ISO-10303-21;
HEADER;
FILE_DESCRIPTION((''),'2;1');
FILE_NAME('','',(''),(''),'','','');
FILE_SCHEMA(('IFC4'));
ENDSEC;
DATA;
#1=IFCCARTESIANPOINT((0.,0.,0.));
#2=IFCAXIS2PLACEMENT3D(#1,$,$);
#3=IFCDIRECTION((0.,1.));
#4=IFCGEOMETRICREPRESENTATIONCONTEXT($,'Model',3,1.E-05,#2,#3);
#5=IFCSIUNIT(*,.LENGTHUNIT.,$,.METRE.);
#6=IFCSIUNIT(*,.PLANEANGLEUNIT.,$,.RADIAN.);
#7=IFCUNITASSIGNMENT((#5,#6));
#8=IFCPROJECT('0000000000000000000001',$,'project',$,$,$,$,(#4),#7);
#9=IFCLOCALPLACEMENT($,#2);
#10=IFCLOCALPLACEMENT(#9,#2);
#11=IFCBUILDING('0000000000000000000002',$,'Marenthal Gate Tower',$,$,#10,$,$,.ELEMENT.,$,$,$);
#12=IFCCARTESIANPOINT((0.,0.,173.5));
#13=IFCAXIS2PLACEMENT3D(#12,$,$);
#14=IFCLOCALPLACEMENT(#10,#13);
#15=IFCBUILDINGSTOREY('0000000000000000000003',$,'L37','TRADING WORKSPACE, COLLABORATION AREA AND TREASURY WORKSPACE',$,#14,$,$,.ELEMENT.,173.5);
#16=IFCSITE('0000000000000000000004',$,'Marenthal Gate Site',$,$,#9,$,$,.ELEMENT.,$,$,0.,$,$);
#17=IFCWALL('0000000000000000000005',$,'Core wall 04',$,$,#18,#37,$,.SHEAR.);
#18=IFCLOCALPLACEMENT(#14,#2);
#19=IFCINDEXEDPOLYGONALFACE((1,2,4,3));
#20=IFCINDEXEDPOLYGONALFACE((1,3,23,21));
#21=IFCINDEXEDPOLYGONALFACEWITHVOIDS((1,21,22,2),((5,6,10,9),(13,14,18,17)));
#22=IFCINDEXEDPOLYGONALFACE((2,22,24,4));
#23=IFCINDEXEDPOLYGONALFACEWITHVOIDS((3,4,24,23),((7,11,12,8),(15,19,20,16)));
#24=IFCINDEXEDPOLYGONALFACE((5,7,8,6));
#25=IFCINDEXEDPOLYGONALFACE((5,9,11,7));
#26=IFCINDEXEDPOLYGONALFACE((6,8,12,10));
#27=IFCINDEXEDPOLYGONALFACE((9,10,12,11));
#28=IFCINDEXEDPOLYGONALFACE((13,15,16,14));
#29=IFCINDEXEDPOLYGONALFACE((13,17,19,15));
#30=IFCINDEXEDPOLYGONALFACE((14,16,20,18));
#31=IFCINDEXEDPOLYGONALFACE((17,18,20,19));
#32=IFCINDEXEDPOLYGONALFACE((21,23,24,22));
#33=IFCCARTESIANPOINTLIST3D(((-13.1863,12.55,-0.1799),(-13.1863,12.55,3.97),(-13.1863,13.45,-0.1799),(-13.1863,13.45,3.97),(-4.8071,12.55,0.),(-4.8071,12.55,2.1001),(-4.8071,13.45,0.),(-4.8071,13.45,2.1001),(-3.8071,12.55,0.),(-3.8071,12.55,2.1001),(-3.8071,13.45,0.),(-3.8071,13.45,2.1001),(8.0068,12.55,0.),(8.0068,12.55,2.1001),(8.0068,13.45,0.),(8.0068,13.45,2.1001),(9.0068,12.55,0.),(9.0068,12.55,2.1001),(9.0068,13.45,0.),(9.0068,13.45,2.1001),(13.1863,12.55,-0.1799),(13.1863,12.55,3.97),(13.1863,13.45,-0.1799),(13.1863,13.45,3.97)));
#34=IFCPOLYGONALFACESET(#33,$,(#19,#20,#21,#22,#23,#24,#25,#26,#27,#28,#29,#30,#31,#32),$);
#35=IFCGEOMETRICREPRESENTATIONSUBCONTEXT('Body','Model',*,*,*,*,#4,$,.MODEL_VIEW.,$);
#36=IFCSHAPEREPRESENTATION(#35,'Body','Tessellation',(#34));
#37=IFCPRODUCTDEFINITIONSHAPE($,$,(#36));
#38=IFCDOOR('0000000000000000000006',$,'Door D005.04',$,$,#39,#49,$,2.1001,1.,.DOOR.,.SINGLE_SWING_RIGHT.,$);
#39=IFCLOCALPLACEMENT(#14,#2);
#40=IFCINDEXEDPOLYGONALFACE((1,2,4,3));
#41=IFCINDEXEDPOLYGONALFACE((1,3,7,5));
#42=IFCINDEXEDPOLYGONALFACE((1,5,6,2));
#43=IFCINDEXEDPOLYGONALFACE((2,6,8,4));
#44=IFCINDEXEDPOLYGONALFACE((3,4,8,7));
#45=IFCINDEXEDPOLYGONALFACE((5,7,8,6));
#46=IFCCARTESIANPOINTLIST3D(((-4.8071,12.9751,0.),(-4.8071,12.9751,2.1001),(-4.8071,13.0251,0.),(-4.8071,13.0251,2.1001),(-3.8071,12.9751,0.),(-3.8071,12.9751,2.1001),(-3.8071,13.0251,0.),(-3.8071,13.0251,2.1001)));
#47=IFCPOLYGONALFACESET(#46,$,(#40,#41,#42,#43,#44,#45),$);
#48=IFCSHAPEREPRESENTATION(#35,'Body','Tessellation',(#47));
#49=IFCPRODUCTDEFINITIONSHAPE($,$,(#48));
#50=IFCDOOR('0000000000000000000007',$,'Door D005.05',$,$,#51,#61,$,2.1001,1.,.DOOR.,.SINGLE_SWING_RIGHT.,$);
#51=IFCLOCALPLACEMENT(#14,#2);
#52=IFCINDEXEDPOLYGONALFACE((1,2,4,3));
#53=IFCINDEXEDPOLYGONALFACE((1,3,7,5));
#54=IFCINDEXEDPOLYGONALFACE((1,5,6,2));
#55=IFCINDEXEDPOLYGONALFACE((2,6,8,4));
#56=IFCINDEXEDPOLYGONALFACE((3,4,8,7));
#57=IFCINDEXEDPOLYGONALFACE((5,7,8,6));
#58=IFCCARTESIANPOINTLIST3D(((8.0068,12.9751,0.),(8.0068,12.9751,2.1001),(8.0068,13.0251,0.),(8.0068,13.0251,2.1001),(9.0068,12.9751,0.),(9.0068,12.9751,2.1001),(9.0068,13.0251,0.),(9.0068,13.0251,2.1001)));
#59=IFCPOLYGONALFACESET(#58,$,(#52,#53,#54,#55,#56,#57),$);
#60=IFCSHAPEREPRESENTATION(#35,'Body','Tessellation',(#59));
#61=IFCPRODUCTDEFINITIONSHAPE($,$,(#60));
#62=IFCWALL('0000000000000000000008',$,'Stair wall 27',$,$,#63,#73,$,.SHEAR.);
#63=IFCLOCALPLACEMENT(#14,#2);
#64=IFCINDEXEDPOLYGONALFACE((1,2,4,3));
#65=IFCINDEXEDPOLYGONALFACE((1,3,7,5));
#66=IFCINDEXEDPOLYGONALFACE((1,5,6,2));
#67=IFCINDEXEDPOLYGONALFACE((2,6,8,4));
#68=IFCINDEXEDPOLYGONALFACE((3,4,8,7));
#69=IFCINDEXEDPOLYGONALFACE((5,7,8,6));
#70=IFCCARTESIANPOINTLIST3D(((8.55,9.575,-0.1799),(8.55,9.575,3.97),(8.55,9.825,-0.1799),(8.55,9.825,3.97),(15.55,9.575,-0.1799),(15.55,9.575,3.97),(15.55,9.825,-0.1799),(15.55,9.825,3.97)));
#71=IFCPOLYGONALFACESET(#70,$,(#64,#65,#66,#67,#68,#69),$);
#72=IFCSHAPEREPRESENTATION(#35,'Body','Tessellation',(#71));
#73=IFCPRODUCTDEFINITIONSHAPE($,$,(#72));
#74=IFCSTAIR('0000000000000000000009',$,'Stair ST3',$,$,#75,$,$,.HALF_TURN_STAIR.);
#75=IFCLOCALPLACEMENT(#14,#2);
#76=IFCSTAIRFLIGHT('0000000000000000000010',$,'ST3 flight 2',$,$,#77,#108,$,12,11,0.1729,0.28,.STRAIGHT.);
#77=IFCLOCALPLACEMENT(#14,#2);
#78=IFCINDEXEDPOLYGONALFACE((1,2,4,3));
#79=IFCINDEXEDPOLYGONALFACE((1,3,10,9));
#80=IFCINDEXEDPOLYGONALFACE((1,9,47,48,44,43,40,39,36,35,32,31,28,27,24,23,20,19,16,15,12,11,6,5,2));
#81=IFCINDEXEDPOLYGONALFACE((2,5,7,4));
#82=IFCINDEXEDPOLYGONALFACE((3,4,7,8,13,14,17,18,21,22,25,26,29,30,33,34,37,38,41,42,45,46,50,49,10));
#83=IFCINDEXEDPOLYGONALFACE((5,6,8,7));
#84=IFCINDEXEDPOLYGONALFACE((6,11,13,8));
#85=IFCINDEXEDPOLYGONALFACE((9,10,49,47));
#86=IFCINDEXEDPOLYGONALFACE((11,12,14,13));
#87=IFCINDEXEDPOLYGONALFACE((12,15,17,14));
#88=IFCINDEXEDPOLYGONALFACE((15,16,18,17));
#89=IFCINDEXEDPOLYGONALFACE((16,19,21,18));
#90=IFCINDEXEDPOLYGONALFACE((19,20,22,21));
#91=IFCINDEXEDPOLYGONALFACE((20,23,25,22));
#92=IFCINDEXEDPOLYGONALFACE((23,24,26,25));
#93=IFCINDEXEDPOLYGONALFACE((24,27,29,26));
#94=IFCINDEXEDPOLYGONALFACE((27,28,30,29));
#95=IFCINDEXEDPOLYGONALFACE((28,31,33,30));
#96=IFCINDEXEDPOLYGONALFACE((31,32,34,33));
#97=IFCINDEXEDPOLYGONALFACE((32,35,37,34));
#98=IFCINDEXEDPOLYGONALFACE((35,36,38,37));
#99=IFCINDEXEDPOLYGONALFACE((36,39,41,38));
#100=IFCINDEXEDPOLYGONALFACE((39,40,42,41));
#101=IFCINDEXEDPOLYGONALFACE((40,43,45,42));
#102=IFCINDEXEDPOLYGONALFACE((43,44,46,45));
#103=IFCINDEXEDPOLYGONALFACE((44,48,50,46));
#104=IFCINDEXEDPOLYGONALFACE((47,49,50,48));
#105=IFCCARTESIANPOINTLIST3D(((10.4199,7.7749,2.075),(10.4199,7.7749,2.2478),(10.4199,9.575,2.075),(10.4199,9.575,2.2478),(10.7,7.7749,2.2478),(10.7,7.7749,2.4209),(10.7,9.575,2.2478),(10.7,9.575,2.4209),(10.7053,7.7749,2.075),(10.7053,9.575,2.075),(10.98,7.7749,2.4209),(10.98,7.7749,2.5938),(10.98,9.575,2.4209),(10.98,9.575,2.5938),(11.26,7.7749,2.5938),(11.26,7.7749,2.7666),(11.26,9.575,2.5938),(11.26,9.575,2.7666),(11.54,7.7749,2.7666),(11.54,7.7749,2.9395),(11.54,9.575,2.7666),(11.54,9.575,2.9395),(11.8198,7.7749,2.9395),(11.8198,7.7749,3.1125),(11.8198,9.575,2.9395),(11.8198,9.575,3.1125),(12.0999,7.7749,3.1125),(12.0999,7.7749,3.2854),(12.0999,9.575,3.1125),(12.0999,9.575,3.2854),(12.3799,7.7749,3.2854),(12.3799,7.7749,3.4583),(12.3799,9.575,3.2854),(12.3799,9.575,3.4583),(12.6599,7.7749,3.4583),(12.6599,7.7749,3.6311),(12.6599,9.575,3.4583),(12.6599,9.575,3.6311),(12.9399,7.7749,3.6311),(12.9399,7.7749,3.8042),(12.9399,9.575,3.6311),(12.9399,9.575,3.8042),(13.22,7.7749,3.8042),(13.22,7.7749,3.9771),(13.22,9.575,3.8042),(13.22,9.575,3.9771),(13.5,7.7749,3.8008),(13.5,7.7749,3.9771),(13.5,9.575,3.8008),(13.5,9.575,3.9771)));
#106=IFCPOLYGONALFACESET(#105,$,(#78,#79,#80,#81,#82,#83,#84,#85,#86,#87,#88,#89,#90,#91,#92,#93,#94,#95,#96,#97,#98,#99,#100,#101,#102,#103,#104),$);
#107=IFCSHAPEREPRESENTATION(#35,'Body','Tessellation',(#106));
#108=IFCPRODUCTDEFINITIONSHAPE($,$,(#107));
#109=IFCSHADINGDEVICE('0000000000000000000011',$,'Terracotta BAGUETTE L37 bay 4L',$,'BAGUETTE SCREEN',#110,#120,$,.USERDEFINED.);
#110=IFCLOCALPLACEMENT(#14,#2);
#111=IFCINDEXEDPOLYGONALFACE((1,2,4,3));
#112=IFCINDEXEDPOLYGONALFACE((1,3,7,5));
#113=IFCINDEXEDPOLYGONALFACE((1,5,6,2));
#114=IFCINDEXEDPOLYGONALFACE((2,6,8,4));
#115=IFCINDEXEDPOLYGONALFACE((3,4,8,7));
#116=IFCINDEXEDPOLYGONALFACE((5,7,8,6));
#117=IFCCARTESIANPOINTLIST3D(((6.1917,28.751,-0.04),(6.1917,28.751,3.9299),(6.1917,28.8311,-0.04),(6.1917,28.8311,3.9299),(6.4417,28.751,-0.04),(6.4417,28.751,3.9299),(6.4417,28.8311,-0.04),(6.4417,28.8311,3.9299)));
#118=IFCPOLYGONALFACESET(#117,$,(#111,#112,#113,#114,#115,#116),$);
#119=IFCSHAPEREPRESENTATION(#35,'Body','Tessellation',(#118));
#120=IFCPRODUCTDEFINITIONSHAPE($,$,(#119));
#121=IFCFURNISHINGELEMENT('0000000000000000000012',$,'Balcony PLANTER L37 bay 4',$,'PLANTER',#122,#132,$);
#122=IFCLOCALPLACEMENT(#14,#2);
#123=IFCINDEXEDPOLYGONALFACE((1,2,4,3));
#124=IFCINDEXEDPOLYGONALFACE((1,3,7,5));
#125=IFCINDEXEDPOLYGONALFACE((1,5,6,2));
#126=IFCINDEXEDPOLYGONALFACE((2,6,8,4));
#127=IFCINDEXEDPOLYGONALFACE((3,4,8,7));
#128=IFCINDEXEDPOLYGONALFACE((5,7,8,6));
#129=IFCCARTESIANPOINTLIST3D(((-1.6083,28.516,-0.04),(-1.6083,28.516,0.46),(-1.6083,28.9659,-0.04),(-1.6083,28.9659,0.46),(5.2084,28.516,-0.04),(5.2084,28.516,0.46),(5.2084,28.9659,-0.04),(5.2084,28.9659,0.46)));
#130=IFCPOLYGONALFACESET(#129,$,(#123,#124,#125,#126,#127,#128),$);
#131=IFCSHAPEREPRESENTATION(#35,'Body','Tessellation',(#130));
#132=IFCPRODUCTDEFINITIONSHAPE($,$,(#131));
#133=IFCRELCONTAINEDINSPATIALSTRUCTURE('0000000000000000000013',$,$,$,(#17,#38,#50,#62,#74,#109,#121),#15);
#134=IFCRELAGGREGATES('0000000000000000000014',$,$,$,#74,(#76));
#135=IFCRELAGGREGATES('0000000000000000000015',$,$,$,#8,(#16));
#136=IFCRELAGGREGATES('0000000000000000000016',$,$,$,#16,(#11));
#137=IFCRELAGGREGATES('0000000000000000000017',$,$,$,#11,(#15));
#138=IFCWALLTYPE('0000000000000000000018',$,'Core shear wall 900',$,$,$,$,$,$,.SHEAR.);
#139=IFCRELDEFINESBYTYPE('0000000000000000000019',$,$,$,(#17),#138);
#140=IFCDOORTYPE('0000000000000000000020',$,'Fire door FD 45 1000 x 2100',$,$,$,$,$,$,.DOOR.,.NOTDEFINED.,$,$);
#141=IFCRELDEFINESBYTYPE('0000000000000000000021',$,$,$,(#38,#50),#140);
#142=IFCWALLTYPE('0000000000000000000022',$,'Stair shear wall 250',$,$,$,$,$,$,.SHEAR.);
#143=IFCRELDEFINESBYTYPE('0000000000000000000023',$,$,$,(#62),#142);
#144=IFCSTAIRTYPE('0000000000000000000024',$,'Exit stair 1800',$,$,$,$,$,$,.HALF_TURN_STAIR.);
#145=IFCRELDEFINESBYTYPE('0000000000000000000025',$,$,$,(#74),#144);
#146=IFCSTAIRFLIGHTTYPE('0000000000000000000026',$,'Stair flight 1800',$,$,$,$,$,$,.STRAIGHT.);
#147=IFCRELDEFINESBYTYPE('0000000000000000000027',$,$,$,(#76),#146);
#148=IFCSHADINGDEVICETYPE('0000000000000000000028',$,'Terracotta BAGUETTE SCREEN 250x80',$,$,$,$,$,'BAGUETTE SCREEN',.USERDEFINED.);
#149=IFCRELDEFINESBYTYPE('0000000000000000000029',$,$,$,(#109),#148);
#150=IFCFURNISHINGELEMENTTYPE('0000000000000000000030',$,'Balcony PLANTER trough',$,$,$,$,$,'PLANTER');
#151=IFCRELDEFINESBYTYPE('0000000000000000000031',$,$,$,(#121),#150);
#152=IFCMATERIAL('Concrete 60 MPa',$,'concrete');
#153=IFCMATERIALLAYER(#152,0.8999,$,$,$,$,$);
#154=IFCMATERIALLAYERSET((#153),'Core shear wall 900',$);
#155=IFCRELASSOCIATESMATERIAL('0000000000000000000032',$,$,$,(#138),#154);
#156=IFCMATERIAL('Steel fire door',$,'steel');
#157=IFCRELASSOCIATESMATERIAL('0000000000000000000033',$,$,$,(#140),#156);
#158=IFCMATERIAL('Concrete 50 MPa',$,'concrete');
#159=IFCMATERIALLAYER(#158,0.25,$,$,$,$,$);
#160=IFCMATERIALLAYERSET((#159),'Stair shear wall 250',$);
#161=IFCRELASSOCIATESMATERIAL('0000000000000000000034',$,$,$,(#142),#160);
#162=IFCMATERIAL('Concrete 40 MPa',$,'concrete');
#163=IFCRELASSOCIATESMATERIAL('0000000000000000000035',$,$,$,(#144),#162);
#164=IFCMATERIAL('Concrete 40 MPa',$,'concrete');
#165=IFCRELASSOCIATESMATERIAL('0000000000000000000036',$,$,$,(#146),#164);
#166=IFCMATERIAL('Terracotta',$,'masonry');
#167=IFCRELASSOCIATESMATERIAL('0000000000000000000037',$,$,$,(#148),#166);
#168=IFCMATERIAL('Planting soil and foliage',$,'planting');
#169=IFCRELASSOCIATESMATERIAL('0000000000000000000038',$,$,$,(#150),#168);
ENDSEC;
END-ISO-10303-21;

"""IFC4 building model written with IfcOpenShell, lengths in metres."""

from ifc_helpers import new_model, si_unit, direction, frame, frame_2d, origin, origin_2d, place, context, subcontext, project, spatial, polyline, rectangle, outline, extrude, material, layer, layer_set, material_profile, profile_set, type_object, element, fill, aggregate, save


model = new_model("IFC4")

# Units and contexts
model_context = context("Model", 3, precision=1e-05, world=origin(), true_north=direction((0.0, 1.0)))
body_context = subcontext(model_context, "Body", "Model", "MODEL_VIEW")
ifc_project = project(units=[si_unit("LENGTHUNIT", "METRE"), si_unit("PLANEANGLEUNIT", "RADIAN")], contexts=[model_context])

# Site, building, storey
site_placement = place(None, origin())
site = spatial("IfcSite", under=ifc_project, at=site_placement, Name="Marenthal Gate Site", CompositionType="ELEMENT", RefElevation=0.0)
building_placement = place(site_placement, origin())
building = spatial("IfcBuilding", under=site, at=building_placement, Name="Marenthal Gate Tower", CompositionType="ELEMENT")
storey_placement = place(building_placement, frame((0.0, 0.0, 173.5)))
storey = spatial("IfcBuildingStorey", under=building, at=storey_placement, Name="L37", Description="TRADING WORKSPACE, COLLABORATION AREA AND TREASURY WORKSPACE", CompositionType="ELEMENT", Elevation=173.5)

# Wall, openings, doors
ifc_material_1 = material(Name="Concrete 60 MPa", Category="concrete")
ifc_layer_1 = layer(ifc_material_1, 0.8999)
ifc_layer_set_1 = layer_set([ifc_layer_1], Name="Core shear wall 900")
wall_type_1 = type_object("IfcWallType", Name="Core shear wall 900", PredefinedType="SHEAR", material=ifc_layer_set_1)
wall_1_placement = place(storey_placement, frame((13.1863, 13.0, -0.1799), z_axis=(0.0, 0.0, 1.0), x_axis=(-1.0, 0.0, 0.0)))
wall_1 = element("IfcWall", 1, at=wall_1_placement, inside=storey, type_object=wall_type_1, Name="Core wall 04", PredefinedType="SHEAR", context=body_context, shape_type="SweptSolid", body=[
    extrude(rectangle(XDim=26.3726, YDim=0.8999, at=frame_2d((13.1863, 0.0))), origin(), (0.0, 0.0, 1.0), 4.1499),
])
opening_1_placement = place(wall_1_placement, frame((16.9934, 0.0, 0.1799)))
opening_1 = element("IfcOpeningElement", 2, at=opening_1_placement, cuts=wall_1, PredefinedType="OPENING", context=body_context, shape_type="SweptSolid", body=[
    extrude(rectangle(XDim=1.0, YDim=2.1001, at=frame_2d((0.5, 1.05))), frame((0.0, 0.46, 0.0), z_axis=(0.0, -1.0, 0.0), x_axis=(1.0, 0.0, 0.0)), (0.0, 0.0, 1.0), 0.9199),
])
opening_2_placement = place(wall_1_placement, frame((4.1794, 0.0, 0.1799)))
opening_2 = element("IfcOpeningElement", 3, at=opening_2_placement, cuts=wall_1, PredefinedType="OPENING", context=body_context, shape_type="SweptSolid", body=[
    extrude(rectangle(XDim=1.0, YDim=2.1001, at=frame_2d((0.5, 1.05))), frame((0.0, 0.46, 0.0), z_axis=(0.0, -1.0, 0.0), x_axis=(1.0, 0.0, 0.0)), (0.0, 0.0, 1.0), 0.9199),
])
ifc_material_2 = material(Name="Steel fire door", Category="steel")
door_type_1 = type_object("IfcDoorType", Name="Fire door FD 45 1000 x 2100", OperationType="NOTDEFINED", PredefinedType="DOOR", material=ifc_material_2)
door_1_placement = place(opening_1_placement, origin())
door_1 = element("IfcDoor", 4, at=door_1_placement, inside=storey, type_object=door_type_1, Name="Door D005.04", OperationType="SINGLE_SWING_RIGHT", OverallHeight=2.1001, OverallWidth=1.0, PredefinedType="DOOR", context=body_context, shape_type="SweptSolid", body=[
    extrude(rectangle(XDim=1.0, YDim=2.1001, at=frame_2d((0.5, 1.05))), frame((0.0, 0.0249, 0.0), z_axis=(0.0, -1.0, 0.0), x_axis=(1.0, 0.0, 0.0)), (0.0, 0.0, 1.0), 0.05),
])
fill(opening_1, door_1)
door_2_placement = place(opening_2_placement, origin())
door_2 = element("IfcDoor", 5, at=door_2_placement, inside=storey, type_object=door_type_1, Name="Door D005.05", OperationType="SINGLE_SWING_RIGHT", OverallHeight=2.1001, OverallWidth=1.0, PredefinedType="DOOR", context=body_context, shape_type="SweptSolid", body=[
    extrude(rectangle(XDim=1.0, YDim=2.1001, at=frame_2d((0.5, 1.05))), frame((0.0, 0.0249, 0.0), z_axis=(0.0, -1.0, 0.0), x_axis=(1.0, 0.0, 0.0)), (0.0, 0.0, 1.0), 0.05),
])
fill(opening_2, door_2)

# Wall
ifc_material_3 = material(Name="Concrete 50 MPa", Category="concrete")
ifc_layer_2 = layer(ifc_material_3, 0.25)
ifc_layer_set_2 = layer_set([ifc_layer_2], Name="Stair shear wall 250")
wall_type_2 = type_object("IfcWallType", Name="Stair shear wall 250", PredefinedType="SHEAR", material=ifc_layer_set_2)
wall_2_placement = place(storey_placement, frame((8.55, 9.7, -0.1799), z_axis=(0.0, 0.0, 1.0), x_axis=(1.0, 0.0, 0.0)))
element("IfcWall", 6, at=wall_2_placement, inside=storey, type_object=wall_type_2, Name="Stair wall 27", PredefinedType="SHEAR", context=body_context, shape_type="SweptSolid", body=[
    extrude(rectangle(XDim=7.0, YDim=0.25, at=frame_2d((3.5, 0.0))), origin(), (0.0, 0.0, 1.0), 4.1499),
])

# Stair, stair flight
ifc_material_4 = material(Name="Concrete 40 MPa", Category="concrete")
stair_type = type_object("IfcStairType", Name="Exit stair 1800", PredefinedType="HALF_TURN_STAIR", material=ifc_material_4)
stair_placement = place(storey_placement, origin())
stair = element("IfcStair", 7, at=stair_placement, inside=storey, type_object=stair_type, Name="Stair ST3", PredefinedType="HALF_TURN_STAIR")
ifc_material_5 = material(Name="Concrete 40 MPa", Category="concrete")
stair_flight_type = type_object("IfcStairFlightType", Name="Stair flight 1800", PredefinedType="STRAIGHT", material=ifc_material_5)
stair_flight_placement = place(storey_placement, frame((10.4199, 8.675, 2.075), z_axis=(0.0, 0.0, 1.0), x_axis=(1.0, 0.0, 0.0)))
stair_flight = element("IfcStairFlight", 8, at=stair_flight_placement, type_object=stair_flight_type, Name="ST3 flight 2", NumberOfRisers=12, NumberOfTreads=11, PredefinedType="STRAIGHT", RiserHeight=0.1729, TreadLength=0.28, context=body_context, shape_type="SweptSolid", body=[
    extrude(outline(polyline([(0.0, 0.0), (0.0, 0.1729), (0.28, 0.1729), (0.28, 0.3459), (0.5601, 0.3459), (0.5601, 0.5188), (0.8401, 0.5188), (0.8401, 0.6917), (1.1201, 0.6917), (1.1201, 0.8645), (1.3999, 0.8645), (1.3999, 1.0376), (1.6799, 1.0376), (1.6799, 1.2104), (1.96, 1.2104), (1.96, 1.3833), (2.24, 1.3833), (2.24, 1.5562), (2.52, 1.5562), (2.52, 1.7292), (2.8, 1.7292), (2.8, 1.9021), (3.0801, 1.9021), (3.0801, 2.075), (3.0801, 1.7258), (0.2854, 0.0), (0.0, 0.0)])), frame((0.0, 0.8999, 0.0), z_axis=(0.0, -1.0, 0.0), x_axis=(1.0, 0.0, 0.0)), (0.0, 0.0, 1.0), 1.8),
])
aggregate(stair, [stair_flight])

# Shading device
ifc_material_6 = material(Name="Terracotta", Category="masonry")
ifc_material_profile_1 = material_profile(ifc_material_6, rectangle(XDim=0.25, YDim=0.0801, at=origin_2d()), Name="Terracotta baguette 250x80")
ifc_profile_set_1 = profile_set([ifc_material_profile_1], Name="Terracotta")
shading_device_type = type_object("IfcShadingDeviceType", Name="Terracotta BAGUETTE SCREEN 250x80", ElementType="BAGUETTE SCREEN", PredefinedType="USERDEFINED", material=ifc_profile_set_1)
shading_device_placement = place(storey_placement, frame((6.3167, 28.791, -0.04), z_axis=(0.0, 0.0, 1.0), x_axis=(-1.0, 0.0, 0.0)))
element("IfcShadingDevice", 9, at=shading_device_placement, inside=storey, type_object=shading_device_type, Name="Terracotta BAGUETTE L37 bay 4L", ObjectType="BAGUETTE SCREEN", PredefinedType="USERDEFINED", context=body_context, shape_type="SweptSolid", body=[
    extrude(rectangle(XDim=0.25, YDim=0.0801, at=origin_2d()), origin(), (0.0, 0.0, 1.0), 3.97),
])

# Furnishing element
ifc_material_7 = material(Name="Planting soil and foliage", Category="planting")
furnishing_element_type = type_object("IfcFurnishingElementType", Name="Balcony PLANTER trough", ElementType="PLANTER", material=ifc_material_7)
furnishing_placement = place(storey_placement, frame((1.8, 28.741, -0.04), z_axis=(0.0, 0.0, 1.0), x_axis=(-1.0, 0.0, 0.0)))
element("IfcFurnishingElement", 10, at=furnishing_placement, inside=storey, type_object=furnishing_element_type, Name="Balcony PLANTER L37 bay 4", ObjectType="PLANTER", context=body_context, shape_type="SweptSolid", body=[
    extrude(rectangle(XDim=6.8167, YDim=0.45, at=origin_2d()), origin(), (0.0, 0.0, 1.0), 0.5),
])

save(model, "model.ifc")
